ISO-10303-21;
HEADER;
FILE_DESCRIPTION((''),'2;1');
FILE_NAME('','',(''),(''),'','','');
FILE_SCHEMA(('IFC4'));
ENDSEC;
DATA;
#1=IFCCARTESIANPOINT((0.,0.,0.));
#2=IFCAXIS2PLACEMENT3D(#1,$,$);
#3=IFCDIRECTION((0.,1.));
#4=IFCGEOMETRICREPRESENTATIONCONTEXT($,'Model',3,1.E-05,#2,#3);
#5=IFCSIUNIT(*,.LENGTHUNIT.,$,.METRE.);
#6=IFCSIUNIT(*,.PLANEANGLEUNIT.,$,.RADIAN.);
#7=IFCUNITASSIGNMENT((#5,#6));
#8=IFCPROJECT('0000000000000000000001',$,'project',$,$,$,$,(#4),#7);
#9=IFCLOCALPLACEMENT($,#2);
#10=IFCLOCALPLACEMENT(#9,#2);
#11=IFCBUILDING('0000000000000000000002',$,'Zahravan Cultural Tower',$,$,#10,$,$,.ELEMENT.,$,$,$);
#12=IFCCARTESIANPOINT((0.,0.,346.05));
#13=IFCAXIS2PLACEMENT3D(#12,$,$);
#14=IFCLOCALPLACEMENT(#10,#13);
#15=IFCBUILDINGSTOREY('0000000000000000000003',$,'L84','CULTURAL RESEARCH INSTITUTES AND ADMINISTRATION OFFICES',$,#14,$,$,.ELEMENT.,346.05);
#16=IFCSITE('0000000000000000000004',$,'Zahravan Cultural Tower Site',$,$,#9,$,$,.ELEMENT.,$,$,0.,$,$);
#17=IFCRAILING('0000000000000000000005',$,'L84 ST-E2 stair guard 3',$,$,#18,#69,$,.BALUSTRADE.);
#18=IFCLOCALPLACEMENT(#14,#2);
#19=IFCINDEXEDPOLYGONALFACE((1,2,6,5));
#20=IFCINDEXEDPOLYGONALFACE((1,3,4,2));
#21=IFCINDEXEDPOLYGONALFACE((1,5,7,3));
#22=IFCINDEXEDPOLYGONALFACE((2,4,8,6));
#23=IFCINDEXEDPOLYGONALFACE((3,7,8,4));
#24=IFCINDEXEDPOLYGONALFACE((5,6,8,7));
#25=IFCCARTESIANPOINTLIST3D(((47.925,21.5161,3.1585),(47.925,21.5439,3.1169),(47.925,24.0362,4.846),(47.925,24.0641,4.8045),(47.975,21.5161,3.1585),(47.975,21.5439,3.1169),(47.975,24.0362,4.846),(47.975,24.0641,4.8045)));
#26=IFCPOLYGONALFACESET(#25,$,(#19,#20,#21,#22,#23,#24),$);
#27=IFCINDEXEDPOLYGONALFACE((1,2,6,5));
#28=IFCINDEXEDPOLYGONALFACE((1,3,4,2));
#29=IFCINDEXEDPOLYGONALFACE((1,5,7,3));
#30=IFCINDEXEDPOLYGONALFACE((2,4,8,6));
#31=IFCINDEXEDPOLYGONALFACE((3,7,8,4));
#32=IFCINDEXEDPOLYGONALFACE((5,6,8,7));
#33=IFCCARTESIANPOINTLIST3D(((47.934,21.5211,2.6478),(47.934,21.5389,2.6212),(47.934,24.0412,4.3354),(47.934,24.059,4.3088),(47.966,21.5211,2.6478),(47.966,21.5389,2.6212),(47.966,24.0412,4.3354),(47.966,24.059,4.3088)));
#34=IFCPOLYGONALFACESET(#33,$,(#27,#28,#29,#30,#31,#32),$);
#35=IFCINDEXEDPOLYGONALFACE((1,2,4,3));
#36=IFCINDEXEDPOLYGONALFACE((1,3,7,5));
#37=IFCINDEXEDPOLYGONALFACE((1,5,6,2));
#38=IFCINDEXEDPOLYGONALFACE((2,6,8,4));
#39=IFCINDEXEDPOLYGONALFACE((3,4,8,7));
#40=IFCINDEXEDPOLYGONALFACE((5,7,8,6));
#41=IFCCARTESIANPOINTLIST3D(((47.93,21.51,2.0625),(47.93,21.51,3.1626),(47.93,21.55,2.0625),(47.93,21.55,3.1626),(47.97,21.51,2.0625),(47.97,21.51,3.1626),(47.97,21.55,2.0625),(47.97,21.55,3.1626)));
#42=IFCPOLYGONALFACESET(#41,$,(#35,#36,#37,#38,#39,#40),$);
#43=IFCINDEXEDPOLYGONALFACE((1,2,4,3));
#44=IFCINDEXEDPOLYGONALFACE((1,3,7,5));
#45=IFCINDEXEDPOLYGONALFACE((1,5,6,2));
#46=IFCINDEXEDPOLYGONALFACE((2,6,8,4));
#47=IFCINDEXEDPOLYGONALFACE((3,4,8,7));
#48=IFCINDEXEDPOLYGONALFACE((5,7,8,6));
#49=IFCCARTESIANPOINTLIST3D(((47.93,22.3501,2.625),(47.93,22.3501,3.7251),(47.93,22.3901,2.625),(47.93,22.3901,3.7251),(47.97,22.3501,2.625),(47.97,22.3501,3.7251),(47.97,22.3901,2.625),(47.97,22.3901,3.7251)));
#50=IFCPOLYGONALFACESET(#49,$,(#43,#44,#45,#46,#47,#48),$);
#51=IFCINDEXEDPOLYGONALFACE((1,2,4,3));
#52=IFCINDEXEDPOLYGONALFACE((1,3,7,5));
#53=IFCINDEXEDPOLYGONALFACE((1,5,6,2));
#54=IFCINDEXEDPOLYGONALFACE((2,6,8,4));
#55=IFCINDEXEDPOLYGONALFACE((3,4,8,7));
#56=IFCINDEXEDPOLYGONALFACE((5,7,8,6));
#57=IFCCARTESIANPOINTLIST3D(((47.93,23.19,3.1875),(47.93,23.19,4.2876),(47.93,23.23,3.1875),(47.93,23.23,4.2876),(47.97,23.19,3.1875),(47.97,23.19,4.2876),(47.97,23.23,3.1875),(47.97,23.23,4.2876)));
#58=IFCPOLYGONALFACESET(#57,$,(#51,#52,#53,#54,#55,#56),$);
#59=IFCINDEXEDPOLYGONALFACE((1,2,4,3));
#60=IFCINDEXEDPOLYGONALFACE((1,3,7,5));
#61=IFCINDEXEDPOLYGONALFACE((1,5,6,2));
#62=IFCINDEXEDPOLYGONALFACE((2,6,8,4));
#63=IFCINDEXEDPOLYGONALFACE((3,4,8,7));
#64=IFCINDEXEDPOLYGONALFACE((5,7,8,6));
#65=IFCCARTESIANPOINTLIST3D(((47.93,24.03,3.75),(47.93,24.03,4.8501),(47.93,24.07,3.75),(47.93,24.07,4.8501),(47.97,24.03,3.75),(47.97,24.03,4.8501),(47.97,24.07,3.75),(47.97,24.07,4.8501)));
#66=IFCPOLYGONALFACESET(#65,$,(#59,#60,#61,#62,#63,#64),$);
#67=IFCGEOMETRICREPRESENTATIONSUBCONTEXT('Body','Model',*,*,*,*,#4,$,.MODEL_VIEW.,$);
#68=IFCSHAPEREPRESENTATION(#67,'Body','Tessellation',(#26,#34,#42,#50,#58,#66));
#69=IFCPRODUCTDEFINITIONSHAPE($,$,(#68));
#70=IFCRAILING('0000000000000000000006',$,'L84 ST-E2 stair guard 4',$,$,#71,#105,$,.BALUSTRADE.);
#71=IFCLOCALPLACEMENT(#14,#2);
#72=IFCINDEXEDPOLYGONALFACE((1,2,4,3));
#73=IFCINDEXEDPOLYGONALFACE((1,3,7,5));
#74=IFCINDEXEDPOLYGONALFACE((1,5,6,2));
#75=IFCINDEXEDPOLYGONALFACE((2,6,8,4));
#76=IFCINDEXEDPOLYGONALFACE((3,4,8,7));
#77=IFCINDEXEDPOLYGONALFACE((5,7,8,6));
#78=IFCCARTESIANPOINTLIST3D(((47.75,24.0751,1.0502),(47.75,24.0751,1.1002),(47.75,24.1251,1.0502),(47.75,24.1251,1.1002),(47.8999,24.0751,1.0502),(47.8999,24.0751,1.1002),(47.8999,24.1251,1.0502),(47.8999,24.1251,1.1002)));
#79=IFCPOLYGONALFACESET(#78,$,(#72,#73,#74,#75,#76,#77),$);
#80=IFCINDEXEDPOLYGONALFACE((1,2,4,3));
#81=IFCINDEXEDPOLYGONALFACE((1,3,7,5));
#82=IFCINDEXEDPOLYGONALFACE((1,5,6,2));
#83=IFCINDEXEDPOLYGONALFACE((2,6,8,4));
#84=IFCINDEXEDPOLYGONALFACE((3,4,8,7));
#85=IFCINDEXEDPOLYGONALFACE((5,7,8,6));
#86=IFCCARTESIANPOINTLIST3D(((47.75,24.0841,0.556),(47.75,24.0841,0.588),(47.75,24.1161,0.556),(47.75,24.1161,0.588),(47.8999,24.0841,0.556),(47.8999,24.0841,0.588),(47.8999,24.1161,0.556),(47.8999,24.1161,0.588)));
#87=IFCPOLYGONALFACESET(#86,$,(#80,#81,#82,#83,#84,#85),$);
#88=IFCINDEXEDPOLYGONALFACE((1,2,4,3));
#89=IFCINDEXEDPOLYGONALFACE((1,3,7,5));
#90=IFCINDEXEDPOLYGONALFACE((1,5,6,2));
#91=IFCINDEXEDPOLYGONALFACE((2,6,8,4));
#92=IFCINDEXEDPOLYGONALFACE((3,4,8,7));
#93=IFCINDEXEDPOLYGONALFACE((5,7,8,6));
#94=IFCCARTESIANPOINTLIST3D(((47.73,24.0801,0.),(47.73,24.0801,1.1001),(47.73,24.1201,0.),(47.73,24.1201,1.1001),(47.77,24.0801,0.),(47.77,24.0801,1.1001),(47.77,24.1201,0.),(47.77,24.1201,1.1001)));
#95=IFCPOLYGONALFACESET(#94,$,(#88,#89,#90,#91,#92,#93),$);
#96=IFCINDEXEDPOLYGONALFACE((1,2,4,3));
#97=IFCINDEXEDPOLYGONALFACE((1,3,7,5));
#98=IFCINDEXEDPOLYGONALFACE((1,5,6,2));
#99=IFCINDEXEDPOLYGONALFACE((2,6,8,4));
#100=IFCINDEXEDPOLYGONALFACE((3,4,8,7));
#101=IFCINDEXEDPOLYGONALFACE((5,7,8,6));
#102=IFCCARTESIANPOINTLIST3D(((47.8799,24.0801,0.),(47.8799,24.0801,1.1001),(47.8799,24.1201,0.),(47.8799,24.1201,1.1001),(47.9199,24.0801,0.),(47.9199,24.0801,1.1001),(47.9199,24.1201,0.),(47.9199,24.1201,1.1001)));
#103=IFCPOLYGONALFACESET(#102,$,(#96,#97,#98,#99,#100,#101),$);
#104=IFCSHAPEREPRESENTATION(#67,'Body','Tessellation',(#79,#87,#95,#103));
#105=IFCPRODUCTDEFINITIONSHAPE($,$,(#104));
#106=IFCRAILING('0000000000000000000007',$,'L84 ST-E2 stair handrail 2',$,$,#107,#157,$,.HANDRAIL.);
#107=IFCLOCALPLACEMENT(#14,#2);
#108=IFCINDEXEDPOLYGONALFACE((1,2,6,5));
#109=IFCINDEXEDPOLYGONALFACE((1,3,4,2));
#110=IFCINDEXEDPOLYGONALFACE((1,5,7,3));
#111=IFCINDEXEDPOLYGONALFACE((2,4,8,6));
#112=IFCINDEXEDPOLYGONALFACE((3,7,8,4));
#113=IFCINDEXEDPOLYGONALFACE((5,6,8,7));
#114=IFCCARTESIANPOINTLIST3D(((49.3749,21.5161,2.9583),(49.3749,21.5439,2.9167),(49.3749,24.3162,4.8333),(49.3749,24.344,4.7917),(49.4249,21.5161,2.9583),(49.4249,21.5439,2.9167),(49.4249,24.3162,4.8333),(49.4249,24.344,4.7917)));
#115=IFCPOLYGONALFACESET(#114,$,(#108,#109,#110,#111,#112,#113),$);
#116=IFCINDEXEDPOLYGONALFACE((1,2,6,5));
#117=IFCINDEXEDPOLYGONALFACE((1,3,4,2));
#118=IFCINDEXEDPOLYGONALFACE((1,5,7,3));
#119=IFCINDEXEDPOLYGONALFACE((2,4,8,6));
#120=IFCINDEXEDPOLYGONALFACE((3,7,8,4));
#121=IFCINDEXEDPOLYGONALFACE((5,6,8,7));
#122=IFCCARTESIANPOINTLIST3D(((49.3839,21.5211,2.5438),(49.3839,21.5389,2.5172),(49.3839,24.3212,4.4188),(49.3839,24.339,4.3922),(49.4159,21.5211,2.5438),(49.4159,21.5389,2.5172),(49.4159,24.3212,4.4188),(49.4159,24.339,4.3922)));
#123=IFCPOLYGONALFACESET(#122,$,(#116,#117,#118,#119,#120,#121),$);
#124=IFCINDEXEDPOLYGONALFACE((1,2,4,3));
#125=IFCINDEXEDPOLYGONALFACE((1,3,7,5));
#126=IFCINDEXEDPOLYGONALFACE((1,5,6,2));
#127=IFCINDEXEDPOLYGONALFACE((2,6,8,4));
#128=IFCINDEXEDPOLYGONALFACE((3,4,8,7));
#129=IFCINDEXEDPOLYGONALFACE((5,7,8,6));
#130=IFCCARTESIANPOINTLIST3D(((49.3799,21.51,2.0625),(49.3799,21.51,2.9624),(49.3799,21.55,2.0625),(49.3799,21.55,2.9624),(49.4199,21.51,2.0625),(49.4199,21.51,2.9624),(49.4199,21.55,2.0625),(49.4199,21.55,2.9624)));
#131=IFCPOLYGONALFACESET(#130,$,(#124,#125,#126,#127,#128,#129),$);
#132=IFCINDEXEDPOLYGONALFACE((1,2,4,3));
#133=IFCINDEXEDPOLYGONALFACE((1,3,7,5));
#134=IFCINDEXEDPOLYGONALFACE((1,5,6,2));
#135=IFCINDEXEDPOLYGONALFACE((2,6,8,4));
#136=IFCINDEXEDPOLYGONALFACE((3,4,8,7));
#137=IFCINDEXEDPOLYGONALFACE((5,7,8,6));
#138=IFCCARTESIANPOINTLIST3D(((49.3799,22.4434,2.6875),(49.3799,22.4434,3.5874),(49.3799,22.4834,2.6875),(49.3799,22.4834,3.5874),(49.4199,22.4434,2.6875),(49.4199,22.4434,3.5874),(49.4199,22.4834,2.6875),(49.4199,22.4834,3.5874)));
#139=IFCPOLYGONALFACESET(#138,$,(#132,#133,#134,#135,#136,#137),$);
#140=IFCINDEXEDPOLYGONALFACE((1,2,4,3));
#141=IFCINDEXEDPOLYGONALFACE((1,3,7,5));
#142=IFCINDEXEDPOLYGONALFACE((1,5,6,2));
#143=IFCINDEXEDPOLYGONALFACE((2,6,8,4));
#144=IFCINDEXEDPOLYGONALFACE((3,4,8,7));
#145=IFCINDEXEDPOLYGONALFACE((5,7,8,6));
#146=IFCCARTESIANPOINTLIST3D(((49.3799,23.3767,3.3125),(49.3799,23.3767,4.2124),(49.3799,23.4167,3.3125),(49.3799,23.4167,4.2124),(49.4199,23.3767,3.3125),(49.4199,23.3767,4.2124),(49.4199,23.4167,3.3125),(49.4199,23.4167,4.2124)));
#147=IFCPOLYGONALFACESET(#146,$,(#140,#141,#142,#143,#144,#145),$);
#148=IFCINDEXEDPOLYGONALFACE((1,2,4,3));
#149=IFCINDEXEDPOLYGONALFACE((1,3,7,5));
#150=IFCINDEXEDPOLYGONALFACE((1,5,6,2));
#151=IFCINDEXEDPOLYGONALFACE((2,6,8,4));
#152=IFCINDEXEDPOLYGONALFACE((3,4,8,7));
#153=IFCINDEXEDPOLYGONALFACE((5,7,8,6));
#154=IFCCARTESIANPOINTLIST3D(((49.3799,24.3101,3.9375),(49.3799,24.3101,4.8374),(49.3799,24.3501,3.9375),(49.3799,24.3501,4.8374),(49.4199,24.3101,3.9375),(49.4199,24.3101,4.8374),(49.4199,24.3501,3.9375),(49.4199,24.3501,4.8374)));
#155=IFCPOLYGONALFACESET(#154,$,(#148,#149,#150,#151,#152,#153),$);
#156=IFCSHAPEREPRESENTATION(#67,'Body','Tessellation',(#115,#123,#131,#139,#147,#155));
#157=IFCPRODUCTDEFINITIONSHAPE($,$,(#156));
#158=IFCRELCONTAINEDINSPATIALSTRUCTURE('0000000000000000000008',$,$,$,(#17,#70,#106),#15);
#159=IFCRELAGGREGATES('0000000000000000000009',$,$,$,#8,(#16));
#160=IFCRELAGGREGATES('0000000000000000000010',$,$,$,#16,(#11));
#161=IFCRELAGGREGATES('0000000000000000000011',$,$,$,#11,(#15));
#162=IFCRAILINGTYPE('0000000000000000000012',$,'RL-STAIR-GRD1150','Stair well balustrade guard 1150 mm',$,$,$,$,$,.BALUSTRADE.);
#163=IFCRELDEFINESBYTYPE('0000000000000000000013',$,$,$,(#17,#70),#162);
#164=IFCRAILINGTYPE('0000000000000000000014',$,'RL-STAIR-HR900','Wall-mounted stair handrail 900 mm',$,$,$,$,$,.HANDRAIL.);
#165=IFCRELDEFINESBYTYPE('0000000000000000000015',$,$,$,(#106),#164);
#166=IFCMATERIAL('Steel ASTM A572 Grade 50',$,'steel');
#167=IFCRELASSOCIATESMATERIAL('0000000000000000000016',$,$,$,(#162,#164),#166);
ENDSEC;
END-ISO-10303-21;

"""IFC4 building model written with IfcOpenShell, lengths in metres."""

from ifc_helpers import new_model, si_unit, direction, frame, origin, origin_2d, place, context, subcontext, project, spatial, rectangle, extrude, material, type_object, element, save


model = new_model("IFC4")

# Units and contexts
model_context = context("Model", 3, precision=1e-05, world=origin(), true_north=direction((0.0, 1.0)))
body_context = subcontext(model_context, "Body", "Model", "MODEL_VIEW")
ifc_project = project(units=[si_unit("LENGTHUNIT", "METRE"), si_unit("PLANEANGLEUNIT", "RADIAN")], contexts=[model_context])

# Site, building, storey
site_placement = place(None, origin())
site = spatial("IfcSite", under=ifc_project, at=site_placement, Name="Zahravan Cultural Tower Site", CompositionType="ELEMENT", RefElevation=0.0)
building_placement = place(site_placement, origin())
building = spatial("IfcBuilding", under=site, at=building_placement, Name="Zahravan Cultural Tower", CompositionType="ELEMENT")
storey_placement = place(building_placement, frame((0.0, 0.0, 346.05)))
storey = spatial("IfcBuildingStorey", under=building, at=storey_placement, Name="L84", Description="CULTURAL RESEARCH INSTITUTES AND ADMINISTRATION OFFICES", CompositionType="ELEMENT", Elevation=346.05)

# Railings
ifc_material_1 = material(Name="Steel ASTM A572 Grade 50", Category="steel")
railing_type_1 = type_object("IfcRailingType", Name="RL-STAIR-GRD1150", Description="Stair well balustrade guard 1150 mm", PredefinedType="BALUSTRADE", material=ifc_material_1)
railing_1_placement = place(storey_placement, frame((47.95, 21.53, 2.0625)))
element("IfcRailing", 1, at=railing_1_placement, inside=storey, type_object=railing_type_1, Name="L84 ST-E2 stair guard 3", PredefinedType="BALUSTRADE", context=body_context, shape_type="SweptSolid", body=[
    extrude(rectangle(XDim=0.05, YDim=0.05, at=origin_2d()), frame((0.0, 0.0, 1.0752), z_axis=(0.0, 0.830909, 0.556408), x_axis=(-1.0, 0.0, 0.0)), (0.0, 0.0, 1.0), 3.033),
    extrude(rectangle(XDim=0.032, YDim=0.032, at=origin_2d()), frame((0.0, 0.0, 0.572), z_axis=(0.0, 0.830909, 0.556408), x_axis=(-1.0, 0.0, 0.0)), (0.0, 0.0, 1.0), 3.033),
    extrude(rectangle(XDim=0.04, YDim=0.04, at=origin_2d()), origin(), (0.0, 0.0, 1.0), 1.1001),
    extrude(rectangle(XDim=0.04, YDim=0.04, at=origin_2d()), frame((0.0, 0.8401, 0.5625)), (0.0, 0.0, 1.0), 1.1001),
    extrude(rectangle(XDim=0.04, YDim=0.04, at=origin_2d()), frame((0.0, 1.6799, 1.125)), (0.0, 0.0, 1.0), 1.1001),
    extrude(rectangle(XDim=0.04, YDim=0.04, at=origin_2d()), frame((0.0, 2.52, 1.6875)), (0.0, 0.0, 1.0), 1.1001),
])
railing_2_placement = place(storey_placement, frame((47.75, 24.1001, 0.0)))
element("IfcRailing", 2, at=railing_2_placement, inside=storey, type_object=railing_type_1, Name="L84 ST-E2 stair guard 4", PredefinedType="BALUSTRADE", context=body_context, shape_type="SweptSolid", body=[
    extrude(rectangle(XDim=0.05, YDim=0.05, at=origin_2d()), frame((0.0, 0.0, 1.0752), z_axis=(1.0, 0.0, 0.0), x_axis=(0.0, 1.0, 0.0)), (0.0, 0.0, 1.0), 0.1499),
    extrude(rectangle(XDim=0.032, YDim=0.032, at=origin_2d()), frame((0.0, 0.0, 0.572), z_axis=(1.0, 0.0, 0.0), x_axis=(0.0, 1.0, 0.0)), (0.0, 0.0, 1.0), 0.1499),
    extrude(rectangle(XDim=0.04, YDim=0.04, at=origin_2d()), origin(), (0.0, 0.0, 1.0), 1.1001),
    extrude(rectangle(XDim=0.04, YDim=0.04, at=origin_2d()), frame((0.1499, 0.0, 0.0)), (0.0, 0.0, 1.0), 1.1001),
])
railing_type_2 = type_object("IfcRailingType", Name="RL-STAIR-HR900", Description="Wall-mounted stair handrail 900 mm", PredefinedType="HANDRAIL", material=ifc_material_1)
railing_3_placement = place(storey_placement, frame((49.3999, 21.53, 2.0625)))
element("IfcRailing", 3, at=railing_3_placement, inside=storey, type_object=railing_type_2, Name="L84 ST-E2 stair handrail 2", PredefinedType="HANDRAIL", context=body_context, shape_type="SweptSolid", body=[
    extrude(rectangle(XDim=0.05, YDim=0.05, at=origin_2d()), frame((0.0, 0.0, 0.875), z_axis=(0.0, 0.830912, 0.556404), x_axis=(-1.0, 0.0, 0.0)), (0.0, 0.0, 1.0), 3.3699),
    extrude(rectangle(XDim=0.032, YDim=0.032, at=origin_2d()), frame((0.0, 0.0, 0.468), z_axis=(0.0, 0.830912, 0.556404), x_axis=(-1.0, 0.0, 0.0)), (0.0, 0.0, 1.0), 3.3699),
    extrude(rectangle(XDim=0.04, YDim=0.04, at=origin_2d()), origin(), (0.0, 0.0, 1.0), 0.8999),
    extrude(rectangle(XDim=0.04, YDim=0.04, at=origin_2d()), frame((0.0, 0.9333, 0.625)), (0.0, 0.0, 1.0), 0.8999),
    extrude(rectangle(XDim=0.04, YDim=0.04, at=origin_2d()), frame((0.0, 1.8667, 1.25)), (0.0, 0.0, 1.0), 0.8999),
    extrude(rectangle(XDim=0.04, YDim=0.04, at=origin_2d()), frame((0.0, 2.8, 1.875)), (0.0, 0.0, 1.0), 0.8999),
])

save(model, "model.ifc")
